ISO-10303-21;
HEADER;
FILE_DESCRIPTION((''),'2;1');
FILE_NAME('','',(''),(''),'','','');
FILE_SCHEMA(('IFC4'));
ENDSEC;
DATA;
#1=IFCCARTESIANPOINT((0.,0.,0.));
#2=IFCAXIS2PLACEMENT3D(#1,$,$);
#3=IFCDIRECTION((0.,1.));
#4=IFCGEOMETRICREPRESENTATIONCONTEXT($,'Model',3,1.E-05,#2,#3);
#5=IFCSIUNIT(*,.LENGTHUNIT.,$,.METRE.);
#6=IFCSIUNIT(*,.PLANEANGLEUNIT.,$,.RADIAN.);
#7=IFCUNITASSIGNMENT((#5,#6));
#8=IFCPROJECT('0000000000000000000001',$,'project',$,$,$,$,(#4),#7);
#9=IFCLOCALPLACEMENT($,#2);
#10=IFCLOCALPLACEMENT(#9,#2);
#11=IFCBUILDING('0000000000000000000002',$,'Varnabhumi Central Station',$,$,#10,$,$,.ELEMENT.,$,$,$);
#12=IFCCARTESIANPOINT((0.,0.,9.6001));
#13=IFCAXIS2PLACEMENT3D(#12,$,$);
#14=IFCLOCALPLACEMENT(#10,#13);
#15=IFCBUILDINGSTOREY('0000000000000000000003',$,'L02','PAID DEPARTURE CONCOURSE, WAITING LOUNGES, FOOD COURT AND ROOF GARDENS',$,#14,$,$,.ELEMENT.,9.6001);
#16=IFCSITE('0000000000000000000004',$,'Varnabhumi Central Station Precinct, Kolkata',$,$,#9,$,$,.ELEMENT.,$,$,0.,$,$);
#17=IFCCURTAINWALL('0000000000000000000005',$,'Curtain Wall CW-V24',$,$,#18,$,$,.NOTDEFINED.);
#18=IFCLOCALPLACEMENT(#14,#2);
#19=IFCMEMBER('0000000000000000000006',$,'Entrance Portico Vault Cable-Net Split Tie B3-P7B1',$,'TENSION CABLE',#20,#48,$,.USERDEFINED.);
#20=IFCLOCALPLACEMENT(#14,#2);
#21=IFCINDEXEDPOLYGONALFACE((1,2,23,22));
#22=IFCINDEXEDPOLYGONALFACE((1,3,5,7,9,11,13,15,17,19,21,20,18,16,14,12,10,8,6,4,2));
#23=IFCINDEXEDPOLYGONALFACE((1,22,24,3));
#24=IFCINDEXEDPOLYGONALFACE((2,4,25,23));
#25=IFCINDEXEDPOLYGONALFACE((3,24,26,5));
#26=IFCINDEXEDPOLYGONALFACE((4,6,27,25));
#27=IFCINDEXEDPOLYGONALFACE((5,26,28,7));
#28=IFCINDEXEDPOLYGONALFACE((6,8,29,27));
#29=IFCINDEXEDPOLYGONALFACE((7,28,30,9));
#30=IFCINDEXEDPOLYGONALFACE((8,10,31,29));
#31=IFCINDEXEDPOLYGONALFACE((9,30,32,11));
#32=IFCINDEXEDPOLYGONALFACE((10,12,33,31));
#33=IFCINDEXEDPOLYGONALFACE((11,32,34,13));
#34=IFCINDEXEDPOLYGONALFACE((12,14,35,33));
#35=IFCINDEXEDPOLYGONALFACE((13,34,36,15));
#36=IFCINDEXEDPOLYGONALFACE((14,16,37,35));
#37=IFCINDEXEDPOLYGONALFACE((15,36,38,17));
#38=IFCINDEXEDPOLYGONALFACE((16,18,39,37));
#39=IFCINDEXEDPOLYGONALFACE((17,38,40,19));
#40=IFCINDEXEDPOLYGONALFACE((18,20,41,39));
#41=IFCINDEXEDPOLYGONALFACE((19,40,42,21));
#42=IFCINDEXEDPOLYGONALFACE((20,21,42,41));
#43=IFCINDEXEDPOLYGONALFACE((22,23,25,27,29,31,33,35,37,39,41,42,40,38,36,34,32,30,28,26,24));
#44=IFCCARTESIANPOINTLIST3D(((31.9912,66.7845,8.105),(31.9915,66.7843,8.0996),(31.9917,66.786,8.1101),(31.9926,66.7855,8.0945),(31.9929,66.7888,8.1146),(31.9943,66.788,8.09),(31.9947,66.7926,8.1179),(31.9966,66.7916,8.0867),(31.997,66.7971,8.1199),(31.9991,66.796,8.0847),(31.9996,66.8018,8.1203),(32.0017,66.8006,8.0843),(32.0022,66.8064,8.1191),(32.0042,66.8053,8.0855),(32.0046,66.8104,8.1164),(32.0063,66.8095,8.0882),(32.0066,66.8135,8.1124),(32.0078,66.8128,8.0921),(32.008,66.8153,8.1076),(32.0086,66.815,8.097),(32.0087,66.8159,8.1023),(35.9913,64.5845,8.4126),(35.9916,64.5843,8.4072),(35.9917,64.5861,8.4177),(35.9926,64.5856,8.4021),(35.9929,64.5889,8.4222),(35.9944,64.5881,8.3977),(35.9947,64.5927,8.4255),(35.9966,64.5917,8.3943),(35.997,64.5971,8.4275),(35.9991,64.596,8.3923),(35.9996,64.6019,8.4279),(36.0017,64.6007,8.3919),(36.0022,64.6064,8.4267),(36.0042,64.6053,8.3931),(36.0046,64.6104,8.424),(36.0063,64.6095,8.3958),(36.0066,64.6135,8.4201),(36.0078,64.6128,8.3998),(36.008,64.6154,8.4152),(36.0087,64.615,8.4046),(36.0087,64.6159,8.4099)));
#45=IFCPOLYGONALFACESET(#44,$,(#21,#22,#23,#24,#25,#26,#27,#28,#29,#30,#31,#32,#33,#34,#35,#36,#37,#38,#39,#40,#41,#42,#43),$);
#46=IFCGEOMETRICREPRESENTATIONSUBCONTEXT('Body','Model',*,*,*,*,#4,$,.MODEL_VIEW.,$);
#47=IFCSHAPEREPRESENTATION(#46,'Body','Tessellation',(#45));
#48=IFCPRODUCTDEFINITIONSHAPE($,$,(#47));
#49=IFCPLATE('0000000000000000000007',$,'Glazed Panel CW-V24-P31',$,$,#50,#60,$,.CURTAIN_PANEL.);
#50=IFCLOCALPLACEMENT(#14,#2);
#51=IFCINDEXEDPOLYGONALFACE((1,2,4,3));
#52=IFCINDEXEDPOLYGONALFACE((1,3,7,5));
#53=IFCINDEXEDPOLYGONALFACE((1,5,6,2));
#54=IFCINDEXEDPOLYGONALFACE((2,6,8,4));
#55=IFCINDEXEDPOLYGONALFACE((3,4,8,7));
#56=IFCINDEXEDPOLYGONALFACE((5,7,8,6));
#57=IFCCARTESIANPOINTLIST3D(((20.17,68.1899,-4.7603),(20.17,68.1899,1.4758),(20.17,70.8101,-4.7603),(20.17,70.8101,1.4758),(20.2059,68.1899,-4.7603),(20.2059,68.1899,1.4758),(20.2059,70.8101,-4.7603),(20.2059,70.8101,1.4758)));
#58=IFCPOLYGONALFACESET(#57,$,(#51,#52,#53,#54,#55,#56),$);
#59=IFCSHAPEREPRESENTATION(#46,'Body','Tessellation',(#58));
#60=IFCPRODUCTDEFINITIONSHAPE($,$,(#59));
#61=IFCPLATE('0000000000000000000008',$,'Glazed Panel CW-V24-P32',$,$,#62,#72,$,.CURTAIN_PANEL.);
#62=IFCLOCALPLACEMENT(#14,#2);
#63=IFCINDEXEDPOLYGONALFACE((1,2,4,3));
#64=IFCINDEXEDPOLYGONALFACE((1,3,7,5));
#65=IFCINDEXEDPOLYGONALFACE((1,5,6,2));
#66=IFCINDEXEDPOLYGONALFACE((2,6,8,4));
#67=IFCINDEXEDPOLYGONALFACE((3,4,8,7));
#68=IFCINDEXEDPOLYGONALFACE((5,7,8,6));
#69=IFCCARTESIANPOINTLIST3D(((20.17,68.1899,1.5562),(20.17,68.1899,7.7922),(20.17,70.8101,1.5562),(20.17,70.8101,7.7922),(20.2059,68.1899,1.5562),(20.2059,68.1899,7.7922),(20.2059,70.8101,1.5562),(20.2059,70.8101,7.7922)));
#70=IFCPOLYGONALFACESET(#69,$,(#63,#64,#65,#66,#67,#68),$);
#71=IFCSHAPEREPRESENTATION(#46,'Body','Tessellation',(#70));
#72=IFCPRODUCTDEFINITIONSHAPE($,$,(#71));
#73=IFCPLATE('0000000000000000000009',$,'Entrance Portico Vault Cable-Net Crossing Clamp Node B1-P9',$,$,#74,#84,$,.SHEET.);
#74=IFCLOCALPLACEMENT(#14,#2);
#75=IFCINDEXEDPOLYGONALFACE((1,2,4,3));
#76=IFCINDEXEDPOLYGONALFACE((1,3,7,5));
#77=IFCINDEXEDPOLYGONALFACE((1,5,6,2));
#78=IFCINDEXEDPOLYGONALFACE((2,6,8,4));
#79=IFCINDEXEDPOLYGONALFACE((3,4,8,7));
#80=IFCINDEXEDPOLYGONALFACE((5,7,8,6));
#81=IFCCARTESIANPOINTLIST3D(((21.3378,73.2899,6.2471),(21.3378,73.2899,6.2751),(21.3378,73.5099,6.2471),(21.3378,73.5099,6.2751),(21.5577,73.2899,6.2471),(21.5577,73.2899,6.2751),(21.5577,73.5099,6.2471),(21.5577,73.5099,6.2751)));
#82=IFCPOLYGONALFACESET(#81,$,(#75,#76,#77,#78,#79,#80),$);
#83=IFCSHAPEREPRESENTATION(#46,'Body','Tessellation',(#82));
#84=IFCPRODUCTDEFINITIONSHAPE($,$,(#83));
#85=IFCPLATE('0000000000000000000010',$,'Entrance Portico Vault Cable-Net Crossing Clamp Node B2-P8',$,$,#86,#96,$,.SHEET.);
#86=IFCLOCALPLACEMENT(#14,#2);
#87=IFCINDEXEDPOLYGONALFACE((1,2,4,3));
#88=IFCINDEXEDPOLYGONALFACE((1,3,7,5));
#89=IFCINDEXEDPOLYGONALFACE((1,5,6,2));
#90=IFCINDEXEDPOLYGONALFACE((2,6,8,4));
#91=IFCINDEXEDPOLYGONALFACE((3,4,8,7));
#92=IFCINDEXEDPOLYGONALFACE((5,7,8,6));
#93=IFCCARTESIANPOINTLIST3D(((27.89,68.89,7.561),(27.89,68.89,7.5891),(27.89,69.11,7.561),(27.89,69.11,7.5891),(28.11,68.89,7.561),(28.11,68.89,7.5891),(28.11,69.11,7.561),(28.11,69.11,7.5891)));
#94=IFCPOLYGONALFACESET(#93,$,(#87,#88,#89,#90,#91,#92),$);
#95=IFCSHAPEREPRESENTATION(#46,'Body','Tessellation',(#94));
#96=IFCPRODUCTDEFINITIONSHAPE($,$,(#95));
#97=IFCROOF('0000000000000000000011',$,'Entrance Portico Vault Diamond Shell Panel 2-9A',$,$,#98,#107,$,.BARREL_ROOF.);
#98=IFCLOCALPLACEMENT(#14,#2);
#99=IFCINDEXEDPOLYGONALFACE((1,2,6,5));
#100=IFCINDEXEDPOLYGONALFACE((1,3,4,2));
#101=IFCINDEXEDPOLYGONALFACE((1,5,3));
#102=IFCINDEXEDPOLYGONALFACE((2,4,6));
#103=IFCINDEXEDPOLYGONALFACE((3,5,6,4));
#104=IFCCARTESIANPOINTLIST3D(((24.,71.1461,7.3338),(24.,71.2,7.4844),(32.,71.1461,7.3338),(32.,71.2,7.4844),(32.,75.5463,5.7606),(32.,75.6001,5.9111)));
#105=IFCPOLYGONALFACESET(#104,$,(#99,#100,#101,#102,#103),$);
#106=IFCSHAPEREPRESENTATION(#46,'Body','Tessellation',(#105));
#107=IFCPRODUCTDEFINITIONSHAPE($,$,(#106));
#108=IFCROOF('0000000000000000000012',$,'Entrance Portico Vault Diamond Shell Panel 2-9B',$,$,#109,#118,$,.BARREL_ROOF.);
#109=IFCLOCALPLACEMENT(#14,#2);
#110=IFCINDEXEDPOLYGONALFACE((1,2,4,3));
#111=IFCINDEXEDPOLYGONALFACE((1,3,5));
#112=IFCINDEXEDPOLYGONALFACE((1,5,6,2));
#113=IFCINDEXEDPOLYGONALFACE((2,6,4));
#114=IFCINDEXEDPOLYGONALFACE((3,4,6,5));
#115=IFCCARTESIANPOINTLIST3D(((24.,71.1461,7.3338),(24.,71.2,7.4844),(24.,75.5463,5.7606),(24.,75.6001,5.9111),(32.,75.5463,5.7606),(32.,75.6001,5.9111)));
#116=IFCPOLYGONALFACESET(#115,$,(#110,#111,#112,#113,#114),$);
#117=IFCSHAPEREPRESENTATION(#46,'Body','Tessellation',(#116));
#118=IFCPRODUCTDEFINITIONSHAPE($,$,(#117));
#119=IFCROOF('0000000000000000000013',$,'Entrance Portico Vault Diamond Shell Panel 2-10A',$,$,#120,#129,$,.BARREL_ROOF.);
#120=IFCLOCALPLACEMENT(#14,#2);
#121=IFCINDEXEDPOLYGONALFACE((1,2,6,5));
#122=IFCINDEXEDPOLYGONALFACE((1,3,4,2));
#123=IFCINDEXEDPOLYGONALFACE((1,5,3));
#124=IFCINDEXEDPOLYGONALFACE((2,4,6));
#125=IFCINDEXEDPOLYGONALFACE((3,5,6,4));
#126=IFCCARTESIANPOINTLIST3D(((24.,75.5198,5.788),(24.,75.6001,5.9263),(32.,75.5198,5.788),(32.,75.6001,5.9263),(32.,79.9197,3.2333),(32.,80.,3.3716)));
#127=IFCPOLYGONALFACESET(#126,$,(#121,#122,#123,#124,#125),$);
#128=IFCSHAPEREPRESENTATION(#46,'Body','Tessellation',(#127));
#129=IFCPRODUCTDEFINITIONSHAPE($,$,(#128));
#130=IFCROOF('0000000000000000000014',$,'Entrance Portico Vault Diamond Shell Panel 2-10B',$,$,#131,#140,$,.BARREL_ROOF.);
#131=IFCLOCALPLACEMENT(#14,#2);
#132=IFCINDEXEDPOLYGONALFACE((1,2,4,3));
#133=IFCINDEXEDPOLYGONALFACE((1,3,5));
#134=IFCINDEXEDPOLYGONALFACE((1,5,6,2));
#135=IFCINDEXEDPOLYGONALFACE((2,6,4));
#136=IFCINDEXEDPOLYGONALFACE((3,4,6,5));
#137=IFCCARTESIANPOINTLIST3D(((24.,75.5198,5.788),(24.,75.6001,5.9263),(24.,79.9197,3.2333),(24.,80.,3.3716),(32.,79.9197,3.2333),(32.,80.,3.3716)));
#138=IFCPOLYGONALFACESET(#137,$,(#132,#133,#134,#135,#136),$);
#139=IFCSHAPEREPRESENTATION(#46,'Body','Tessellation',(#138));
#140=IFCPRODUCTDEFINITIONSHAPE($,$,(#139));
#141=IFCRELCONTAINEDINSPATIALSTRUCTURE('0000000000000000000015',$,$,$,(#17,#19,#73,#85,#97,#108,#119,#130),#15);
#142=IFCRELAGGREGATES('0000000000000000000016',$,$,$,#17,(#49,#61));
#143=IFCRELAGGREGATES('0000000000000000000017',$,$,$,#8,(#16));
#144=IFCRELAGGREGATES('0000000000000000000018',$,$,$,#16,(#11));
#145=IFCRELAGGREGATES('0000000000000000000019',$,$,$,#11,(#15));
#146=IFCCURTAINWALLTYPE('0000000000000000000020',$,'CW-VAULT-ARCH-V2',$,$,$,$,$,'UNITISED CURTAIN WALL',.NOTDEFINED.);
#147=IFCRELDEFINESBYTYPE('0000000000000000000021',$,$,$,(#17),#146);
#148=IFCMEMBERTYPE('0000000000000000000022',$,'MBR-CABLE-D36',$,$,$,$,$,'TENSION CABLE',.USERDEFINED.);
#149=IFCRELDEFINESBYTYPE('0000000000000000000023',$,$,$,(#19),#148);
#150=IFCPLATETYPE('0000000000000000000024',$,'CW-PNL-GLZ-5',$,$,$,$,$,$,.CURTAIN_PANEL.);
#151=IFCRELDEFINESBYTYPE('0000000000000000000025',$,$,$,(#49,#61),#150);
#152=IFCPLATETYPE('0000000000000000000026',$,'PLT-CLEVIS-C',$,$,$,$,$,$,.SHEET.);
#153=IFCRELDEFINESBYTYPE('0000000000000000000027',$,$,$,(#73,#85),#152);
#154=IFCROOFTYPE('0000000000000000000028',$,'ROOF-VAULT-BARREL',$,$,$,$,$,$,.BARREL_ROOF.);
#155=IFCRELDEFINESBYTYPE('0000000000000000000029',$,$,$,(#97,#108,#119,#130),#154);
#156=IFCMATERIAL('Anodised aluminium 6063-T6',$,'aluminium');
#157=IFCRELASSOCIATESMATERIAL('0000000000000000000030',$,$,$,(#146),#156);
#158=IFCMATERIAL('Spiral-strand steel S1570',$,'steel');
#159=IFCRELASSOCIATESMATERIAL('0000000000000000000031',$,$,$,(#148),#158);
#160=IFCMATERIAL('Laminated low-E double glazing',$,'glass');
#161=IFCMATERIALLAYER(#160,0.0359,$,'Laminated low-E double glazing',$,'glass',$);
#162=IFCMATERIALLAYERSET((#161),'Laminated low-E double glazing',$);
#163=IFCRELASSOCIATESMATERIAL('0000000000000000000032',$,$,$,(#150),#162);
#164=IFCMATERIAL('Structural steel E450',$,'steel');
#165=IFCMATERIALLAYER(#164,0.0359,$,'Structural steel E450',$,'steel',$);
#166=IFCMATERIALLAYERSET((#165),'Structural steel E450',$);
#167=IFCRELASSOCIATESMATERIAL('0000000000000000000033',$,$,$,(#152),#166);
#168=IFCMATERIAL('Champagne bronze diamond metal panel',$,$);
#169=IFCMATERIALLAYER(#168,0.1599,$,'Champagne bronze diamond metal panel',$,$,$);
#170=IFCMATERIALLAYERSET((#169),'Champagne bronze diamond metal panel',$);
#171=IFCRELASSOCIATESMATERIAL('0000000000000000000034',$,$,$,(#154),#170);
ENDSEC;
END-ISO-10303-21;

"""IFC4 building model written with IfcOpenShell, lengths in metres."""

from ifc_helpers import new_model, si_unit, direction, frame, origin, origin_2d, place, context, subcontext, project, spatial, polyline, rectangle, circle, outline, extrude, material, layer, layer_set, material_profile, profile_set, type_object, element, aggregate, save


model = new_model("IFC4")

# Units and contexts
model_context = context("Model", 3, precision=1e-05, world=origin(), true_north=direction((0.0, 1.0)))
body_context = subcontext(model_context, "Body", "Model", "MODEL_VIEW")
ifc_project = project(units=[si_unit("LENGTHUNIT", "METRE"), si_unit("PLANEANGLEUNIT", "RADIAN")], contexts=[model_context])

# Site, building, storey
site_placement = place(None, origin())
site = spatial("IfcSite", under=ifc_project, at=site_placement, Name="Varnabhumi Central Station Precinct, Kolkata", CompositionType="ELEMENT", RefElevation=0.0)
building_placement = place(site_placement, origin())
building = spatial("IfcBuilding", under=site, at=building_placement, Name="Varnabhumi Central Station", CompositionType="ELEMENT")
storey_placement = place(building_placement, frame((0.0, 0.0, 9.6001)))
storey = spatial("IfcBuildingStorey", under=building, at=storey_placement, Name="L02", Description="PAID DEPARTURE CONCOURSE, WAITING LOUNGES, FOOD COURT AND ROOF GARDENS", CompositionType="ELEMENT", Elevation=9.6001)

# Curtain wall
ifc_material_1 = material(Name="Anodised aluminium 6063-T6", Category="aluminium")
curtain_wall_type = type_object("IfcCurtainWallType", Name="CW-VAULT-ARCH-V2", ElementType="UNITISED CURTAIN WALL", PredefinedType="NOTDEFINED", material=ifc_material_1)
curtain_wall_placement = place(storey_placement, origin())
curtain_wall = element("IfcCurtainWall", 1, at=curtain_wall_placement, inside=storey, type_object=curtain_wall_type, Name="Curtain Wall CW-V24", PredefinedType="NOTDEFINED")

# Member
ifc_material_2 = material(Name="Spiral-strand steel S1570", Category="steel")
ifc_material_profile_1 = material_profile(ifc_material_2, circle(Radius=0.0181, at=origin_2d()), Name="Spiral-strand steel S1570", Category="steel")
ifc_profile_set_1 = profile_set([ifc_material_profile_1], Name="Spiral-strand steel S1570")
member_type_1 = type_object("IfcMemberType", Name="MBR-CABLE-D36", ElementType="TENSION CABLE", PredefinedType="USERDEFINED", material=ifc_profile_set_1)
member_1_placement = place(storey_placement, frame((32.0, 66.8, 8.1023), z_axis=(0.874238, -0.48082, 0.067233), x_axis=(0.481911, 0.87622, 0.0)))
element("IfcMember", 2, at=member_1_placement, inside=storey, type_object=member_type_1, Name="Entrance Portico Vault Cable-Net Split Tie B3-P7B1", ObjectType="TENSION CABLE", PredefinedType="USERDEFINED", context=body_context, shape_type="SweptSolid", body=[
    extrude(circle(Radius=0.0181, at=origin_2d()), origin(), (0.0, 0.0, 1.0), 4.5754),
])

# Plates
ifc_material_3 = material(Name="Laminated low-E double glazing", Category="glass")
ifc_layer_1 = layer(ifc_material_3, 0.0359, Name="Laminated low-E double glazing", Category="glass")
ifc_layer_set_1 = layer_set([ifc_layer_1], Name="Laminated low-E double glazing")
plate_type_1 = type_object("IfcPlateType", Name="CW-PNL-GLZ-5", PredefinedType="CURTAIN_PANEL", material=ifc_layer_set_1)
plate_1_placement = place(storey_placement, frame((20.188, 69.5, -4.7603), z_axis=(0.0, 0.0, 1.0), x_axis=(0.0, 1.0, 0.0)))
plate_1 = element("IfcPlate", 3, at=plate_1_placement, type_object=plate_type_1, Name="Glazed Panel CW-V24-P31", PredefinedType="CURTAIN_PANEL", context=body_context, shape_type="SweptSolid", body=[
    extrude(rectangle(XDim=2.6201, YDim=0.0359, at=origin_2d()), origin(), (0.0, 0.0, 1.0), 6.2361),
])
plate_2_placement = place(storey_placement, frame((20.188, 69.5, 1.5562), z_axis=(0.0, 0.0, 1.0), x_axis=(0.0, 1.0, 0.0)))
plate_2 = element("IfcPlate", 4, at=plate_2_placement, type_object=plate_type_1, Name="Glazed Panel CW-V24-P32", PredefinedType="CURTAIN_PANEL", context=body_context, shape_type="SweptSolid", body=[
    extrude(rectangle(XDim=2.6201, YDim=0.0359, at=origin_2d()), origin(), (0.0, 0.0, 1.0), 6.2361),
])
aggregate(curtain_wall, [plate_1, plate_2])

# Plates
ifc_material_4 = material(Name="Structural steel E450", Category="steel")
ifc_layer_2 = layer(ifc_material_4, 0.0359, Name="Structural steel E450", Category="steel")
ifc_layer_set_2 = layer_set([ifc_layer_2], Name="Structural steel E450")
plate_type_2 = type_object("IfcPlateType", Name="PLT-CLEVIS-C", PredefinedType="SHEET", material=ifc_layer_set_2)
for number, where, z_axis, x_axis, name in (
    (5, (21.4478, 73.3999, 6.2471), (0.0, 0.0, 1.0), (1.0, 0.0, 0.0), "Entrance Portico Vault Cable-Net Crossing Clamp Node B1-P9"),
    (6, (28.0, 69.0, 7.561), (0.0, 0.0, 1.0), (1.0, 0.0, 0.0), "Entrance Portico Vault Cable-Net Crossing Clamp Node B2-P8"),
):
    element("IfcPlate", number, at=place(storey_placement, frame(where, z_axis=z_axis, x_axis=x_axis)), inside=storey, type_object=plate_type_2, Name=name, PredefinedType="SHEET", context=body_context, shape_type="SweptSolid", body=[
        extrude(rectangle(XDim=0.22, YDim=0.22, at=origin_2d()), origin(), (0.0, 0.0, 1.0), 0.0281),
    ])

# Roofs
ifc_material_5 = material(Name="Champagne bronze diamond metal panel")
ifc_layer_3 = layer(ifc_material_5, 0.1599, Name="Champagne bronze diamond metal panel")
ifc_layer_set_3 = layer_set([ifc_layer_3], Name="Champagne bronze diamond metal panel")
roof_type = type_object("IfcRoofType", Name="ROOF-VAULT-BARREL", PredefinedType="BARREL_ROOF", material=ifc_layer_set_3)
roof_1_placement = place(storey_placement, frame((24.0, 71.2, 7.4844), z_axis=(0.0, 0.336671, 0.941622), x_axis=(1.0, 0.0, 0.0)))
element("IfcRoof", 7, at=roof_1_placement, inside=storey, type_object=roof_type, Name="Entrance Portico Vault Diamond Shell Panel 2-9A", PredefinedType="BARREL_ROOF", context=body_context, shape_type="SweptSolid", body=[
    extrude(outline(polyline([(0.0, 0.0), (8.0, 0.0), (8.0, 4.6729), (0.0, 0.0)])), origin(), (0.0, 0.0, -1.0), 0.1599),
])
roof_2_placement = place(storey_placement, frame((24.0, 71.2, 7.4844), z_axis=(0.0, 0.336671, 0.941622), x_axis=(0.863484, 0.474932, -0.169809)))
element("IfcRoof", 8, at=roof_2_placement, inside=storey, type_object=roof_type, Name="Entrance Portico Vault Diamond Shell Panel 2-9B", PredefinedType="BARREL_ROOF", context=body_context, shape_type="SweptSolid", body=[
    extrude(outline(polyline([(0.0, 0.0), (9.2648, 0.0), (2.3569, 4.035), (0.0, 0.0)])), origin(), (0.0, 0.0, -1.0), 0.1599),
])
roof_3_placement = place(storey_placement, frame((24.0, 75.6001, 5.9263), z_axis=(0.0, 0.502122, 0.864797), x_axis=(1.0, 0.0, 0.0)))
element("IfcRoof", 9, at=roof_3_placement, inside=storey, type_object=roof_type, Name="Entrance Portico Vault Diamond Shell Panel 2-10A", PredefinedType="BARREL_ROOF", context=body_context, shape_type="SweptSolid", body=[
    extrude(outline(polyline([(0.0, 0.0), (8.0, 0.0), (8.0, 5.0878), (0.0, 0.0)])), origin(), (0.0, 0.0, -1.0), 0.1599),
])
roof_4_placement = place(storey_placement, frame((24.0, 75.6001, 5.9263), z_axis=(0.0, 0.502122, 0.864797), x_axis=(0.843811, 0.464086, -0.269459)))
element("IfcRoof", 10, at=roof_4_placement, inside=storey, type_object=roof_type, Name="Entrance Portico Vault Diamond Shell Panel 2-10B", PredefinedType="BARREL_ROOF", context=body_context, shape_type="SweptSolid", body=[
    extrude(outline(polyline([(0.0, 0.0), (9.4808, 0.0), (2.7303, 4.2931), (0.0, 0.0)])), origin(), (0.0, 0.0, -1.0), 0.1599),
])

save(model, "model.ifc")
